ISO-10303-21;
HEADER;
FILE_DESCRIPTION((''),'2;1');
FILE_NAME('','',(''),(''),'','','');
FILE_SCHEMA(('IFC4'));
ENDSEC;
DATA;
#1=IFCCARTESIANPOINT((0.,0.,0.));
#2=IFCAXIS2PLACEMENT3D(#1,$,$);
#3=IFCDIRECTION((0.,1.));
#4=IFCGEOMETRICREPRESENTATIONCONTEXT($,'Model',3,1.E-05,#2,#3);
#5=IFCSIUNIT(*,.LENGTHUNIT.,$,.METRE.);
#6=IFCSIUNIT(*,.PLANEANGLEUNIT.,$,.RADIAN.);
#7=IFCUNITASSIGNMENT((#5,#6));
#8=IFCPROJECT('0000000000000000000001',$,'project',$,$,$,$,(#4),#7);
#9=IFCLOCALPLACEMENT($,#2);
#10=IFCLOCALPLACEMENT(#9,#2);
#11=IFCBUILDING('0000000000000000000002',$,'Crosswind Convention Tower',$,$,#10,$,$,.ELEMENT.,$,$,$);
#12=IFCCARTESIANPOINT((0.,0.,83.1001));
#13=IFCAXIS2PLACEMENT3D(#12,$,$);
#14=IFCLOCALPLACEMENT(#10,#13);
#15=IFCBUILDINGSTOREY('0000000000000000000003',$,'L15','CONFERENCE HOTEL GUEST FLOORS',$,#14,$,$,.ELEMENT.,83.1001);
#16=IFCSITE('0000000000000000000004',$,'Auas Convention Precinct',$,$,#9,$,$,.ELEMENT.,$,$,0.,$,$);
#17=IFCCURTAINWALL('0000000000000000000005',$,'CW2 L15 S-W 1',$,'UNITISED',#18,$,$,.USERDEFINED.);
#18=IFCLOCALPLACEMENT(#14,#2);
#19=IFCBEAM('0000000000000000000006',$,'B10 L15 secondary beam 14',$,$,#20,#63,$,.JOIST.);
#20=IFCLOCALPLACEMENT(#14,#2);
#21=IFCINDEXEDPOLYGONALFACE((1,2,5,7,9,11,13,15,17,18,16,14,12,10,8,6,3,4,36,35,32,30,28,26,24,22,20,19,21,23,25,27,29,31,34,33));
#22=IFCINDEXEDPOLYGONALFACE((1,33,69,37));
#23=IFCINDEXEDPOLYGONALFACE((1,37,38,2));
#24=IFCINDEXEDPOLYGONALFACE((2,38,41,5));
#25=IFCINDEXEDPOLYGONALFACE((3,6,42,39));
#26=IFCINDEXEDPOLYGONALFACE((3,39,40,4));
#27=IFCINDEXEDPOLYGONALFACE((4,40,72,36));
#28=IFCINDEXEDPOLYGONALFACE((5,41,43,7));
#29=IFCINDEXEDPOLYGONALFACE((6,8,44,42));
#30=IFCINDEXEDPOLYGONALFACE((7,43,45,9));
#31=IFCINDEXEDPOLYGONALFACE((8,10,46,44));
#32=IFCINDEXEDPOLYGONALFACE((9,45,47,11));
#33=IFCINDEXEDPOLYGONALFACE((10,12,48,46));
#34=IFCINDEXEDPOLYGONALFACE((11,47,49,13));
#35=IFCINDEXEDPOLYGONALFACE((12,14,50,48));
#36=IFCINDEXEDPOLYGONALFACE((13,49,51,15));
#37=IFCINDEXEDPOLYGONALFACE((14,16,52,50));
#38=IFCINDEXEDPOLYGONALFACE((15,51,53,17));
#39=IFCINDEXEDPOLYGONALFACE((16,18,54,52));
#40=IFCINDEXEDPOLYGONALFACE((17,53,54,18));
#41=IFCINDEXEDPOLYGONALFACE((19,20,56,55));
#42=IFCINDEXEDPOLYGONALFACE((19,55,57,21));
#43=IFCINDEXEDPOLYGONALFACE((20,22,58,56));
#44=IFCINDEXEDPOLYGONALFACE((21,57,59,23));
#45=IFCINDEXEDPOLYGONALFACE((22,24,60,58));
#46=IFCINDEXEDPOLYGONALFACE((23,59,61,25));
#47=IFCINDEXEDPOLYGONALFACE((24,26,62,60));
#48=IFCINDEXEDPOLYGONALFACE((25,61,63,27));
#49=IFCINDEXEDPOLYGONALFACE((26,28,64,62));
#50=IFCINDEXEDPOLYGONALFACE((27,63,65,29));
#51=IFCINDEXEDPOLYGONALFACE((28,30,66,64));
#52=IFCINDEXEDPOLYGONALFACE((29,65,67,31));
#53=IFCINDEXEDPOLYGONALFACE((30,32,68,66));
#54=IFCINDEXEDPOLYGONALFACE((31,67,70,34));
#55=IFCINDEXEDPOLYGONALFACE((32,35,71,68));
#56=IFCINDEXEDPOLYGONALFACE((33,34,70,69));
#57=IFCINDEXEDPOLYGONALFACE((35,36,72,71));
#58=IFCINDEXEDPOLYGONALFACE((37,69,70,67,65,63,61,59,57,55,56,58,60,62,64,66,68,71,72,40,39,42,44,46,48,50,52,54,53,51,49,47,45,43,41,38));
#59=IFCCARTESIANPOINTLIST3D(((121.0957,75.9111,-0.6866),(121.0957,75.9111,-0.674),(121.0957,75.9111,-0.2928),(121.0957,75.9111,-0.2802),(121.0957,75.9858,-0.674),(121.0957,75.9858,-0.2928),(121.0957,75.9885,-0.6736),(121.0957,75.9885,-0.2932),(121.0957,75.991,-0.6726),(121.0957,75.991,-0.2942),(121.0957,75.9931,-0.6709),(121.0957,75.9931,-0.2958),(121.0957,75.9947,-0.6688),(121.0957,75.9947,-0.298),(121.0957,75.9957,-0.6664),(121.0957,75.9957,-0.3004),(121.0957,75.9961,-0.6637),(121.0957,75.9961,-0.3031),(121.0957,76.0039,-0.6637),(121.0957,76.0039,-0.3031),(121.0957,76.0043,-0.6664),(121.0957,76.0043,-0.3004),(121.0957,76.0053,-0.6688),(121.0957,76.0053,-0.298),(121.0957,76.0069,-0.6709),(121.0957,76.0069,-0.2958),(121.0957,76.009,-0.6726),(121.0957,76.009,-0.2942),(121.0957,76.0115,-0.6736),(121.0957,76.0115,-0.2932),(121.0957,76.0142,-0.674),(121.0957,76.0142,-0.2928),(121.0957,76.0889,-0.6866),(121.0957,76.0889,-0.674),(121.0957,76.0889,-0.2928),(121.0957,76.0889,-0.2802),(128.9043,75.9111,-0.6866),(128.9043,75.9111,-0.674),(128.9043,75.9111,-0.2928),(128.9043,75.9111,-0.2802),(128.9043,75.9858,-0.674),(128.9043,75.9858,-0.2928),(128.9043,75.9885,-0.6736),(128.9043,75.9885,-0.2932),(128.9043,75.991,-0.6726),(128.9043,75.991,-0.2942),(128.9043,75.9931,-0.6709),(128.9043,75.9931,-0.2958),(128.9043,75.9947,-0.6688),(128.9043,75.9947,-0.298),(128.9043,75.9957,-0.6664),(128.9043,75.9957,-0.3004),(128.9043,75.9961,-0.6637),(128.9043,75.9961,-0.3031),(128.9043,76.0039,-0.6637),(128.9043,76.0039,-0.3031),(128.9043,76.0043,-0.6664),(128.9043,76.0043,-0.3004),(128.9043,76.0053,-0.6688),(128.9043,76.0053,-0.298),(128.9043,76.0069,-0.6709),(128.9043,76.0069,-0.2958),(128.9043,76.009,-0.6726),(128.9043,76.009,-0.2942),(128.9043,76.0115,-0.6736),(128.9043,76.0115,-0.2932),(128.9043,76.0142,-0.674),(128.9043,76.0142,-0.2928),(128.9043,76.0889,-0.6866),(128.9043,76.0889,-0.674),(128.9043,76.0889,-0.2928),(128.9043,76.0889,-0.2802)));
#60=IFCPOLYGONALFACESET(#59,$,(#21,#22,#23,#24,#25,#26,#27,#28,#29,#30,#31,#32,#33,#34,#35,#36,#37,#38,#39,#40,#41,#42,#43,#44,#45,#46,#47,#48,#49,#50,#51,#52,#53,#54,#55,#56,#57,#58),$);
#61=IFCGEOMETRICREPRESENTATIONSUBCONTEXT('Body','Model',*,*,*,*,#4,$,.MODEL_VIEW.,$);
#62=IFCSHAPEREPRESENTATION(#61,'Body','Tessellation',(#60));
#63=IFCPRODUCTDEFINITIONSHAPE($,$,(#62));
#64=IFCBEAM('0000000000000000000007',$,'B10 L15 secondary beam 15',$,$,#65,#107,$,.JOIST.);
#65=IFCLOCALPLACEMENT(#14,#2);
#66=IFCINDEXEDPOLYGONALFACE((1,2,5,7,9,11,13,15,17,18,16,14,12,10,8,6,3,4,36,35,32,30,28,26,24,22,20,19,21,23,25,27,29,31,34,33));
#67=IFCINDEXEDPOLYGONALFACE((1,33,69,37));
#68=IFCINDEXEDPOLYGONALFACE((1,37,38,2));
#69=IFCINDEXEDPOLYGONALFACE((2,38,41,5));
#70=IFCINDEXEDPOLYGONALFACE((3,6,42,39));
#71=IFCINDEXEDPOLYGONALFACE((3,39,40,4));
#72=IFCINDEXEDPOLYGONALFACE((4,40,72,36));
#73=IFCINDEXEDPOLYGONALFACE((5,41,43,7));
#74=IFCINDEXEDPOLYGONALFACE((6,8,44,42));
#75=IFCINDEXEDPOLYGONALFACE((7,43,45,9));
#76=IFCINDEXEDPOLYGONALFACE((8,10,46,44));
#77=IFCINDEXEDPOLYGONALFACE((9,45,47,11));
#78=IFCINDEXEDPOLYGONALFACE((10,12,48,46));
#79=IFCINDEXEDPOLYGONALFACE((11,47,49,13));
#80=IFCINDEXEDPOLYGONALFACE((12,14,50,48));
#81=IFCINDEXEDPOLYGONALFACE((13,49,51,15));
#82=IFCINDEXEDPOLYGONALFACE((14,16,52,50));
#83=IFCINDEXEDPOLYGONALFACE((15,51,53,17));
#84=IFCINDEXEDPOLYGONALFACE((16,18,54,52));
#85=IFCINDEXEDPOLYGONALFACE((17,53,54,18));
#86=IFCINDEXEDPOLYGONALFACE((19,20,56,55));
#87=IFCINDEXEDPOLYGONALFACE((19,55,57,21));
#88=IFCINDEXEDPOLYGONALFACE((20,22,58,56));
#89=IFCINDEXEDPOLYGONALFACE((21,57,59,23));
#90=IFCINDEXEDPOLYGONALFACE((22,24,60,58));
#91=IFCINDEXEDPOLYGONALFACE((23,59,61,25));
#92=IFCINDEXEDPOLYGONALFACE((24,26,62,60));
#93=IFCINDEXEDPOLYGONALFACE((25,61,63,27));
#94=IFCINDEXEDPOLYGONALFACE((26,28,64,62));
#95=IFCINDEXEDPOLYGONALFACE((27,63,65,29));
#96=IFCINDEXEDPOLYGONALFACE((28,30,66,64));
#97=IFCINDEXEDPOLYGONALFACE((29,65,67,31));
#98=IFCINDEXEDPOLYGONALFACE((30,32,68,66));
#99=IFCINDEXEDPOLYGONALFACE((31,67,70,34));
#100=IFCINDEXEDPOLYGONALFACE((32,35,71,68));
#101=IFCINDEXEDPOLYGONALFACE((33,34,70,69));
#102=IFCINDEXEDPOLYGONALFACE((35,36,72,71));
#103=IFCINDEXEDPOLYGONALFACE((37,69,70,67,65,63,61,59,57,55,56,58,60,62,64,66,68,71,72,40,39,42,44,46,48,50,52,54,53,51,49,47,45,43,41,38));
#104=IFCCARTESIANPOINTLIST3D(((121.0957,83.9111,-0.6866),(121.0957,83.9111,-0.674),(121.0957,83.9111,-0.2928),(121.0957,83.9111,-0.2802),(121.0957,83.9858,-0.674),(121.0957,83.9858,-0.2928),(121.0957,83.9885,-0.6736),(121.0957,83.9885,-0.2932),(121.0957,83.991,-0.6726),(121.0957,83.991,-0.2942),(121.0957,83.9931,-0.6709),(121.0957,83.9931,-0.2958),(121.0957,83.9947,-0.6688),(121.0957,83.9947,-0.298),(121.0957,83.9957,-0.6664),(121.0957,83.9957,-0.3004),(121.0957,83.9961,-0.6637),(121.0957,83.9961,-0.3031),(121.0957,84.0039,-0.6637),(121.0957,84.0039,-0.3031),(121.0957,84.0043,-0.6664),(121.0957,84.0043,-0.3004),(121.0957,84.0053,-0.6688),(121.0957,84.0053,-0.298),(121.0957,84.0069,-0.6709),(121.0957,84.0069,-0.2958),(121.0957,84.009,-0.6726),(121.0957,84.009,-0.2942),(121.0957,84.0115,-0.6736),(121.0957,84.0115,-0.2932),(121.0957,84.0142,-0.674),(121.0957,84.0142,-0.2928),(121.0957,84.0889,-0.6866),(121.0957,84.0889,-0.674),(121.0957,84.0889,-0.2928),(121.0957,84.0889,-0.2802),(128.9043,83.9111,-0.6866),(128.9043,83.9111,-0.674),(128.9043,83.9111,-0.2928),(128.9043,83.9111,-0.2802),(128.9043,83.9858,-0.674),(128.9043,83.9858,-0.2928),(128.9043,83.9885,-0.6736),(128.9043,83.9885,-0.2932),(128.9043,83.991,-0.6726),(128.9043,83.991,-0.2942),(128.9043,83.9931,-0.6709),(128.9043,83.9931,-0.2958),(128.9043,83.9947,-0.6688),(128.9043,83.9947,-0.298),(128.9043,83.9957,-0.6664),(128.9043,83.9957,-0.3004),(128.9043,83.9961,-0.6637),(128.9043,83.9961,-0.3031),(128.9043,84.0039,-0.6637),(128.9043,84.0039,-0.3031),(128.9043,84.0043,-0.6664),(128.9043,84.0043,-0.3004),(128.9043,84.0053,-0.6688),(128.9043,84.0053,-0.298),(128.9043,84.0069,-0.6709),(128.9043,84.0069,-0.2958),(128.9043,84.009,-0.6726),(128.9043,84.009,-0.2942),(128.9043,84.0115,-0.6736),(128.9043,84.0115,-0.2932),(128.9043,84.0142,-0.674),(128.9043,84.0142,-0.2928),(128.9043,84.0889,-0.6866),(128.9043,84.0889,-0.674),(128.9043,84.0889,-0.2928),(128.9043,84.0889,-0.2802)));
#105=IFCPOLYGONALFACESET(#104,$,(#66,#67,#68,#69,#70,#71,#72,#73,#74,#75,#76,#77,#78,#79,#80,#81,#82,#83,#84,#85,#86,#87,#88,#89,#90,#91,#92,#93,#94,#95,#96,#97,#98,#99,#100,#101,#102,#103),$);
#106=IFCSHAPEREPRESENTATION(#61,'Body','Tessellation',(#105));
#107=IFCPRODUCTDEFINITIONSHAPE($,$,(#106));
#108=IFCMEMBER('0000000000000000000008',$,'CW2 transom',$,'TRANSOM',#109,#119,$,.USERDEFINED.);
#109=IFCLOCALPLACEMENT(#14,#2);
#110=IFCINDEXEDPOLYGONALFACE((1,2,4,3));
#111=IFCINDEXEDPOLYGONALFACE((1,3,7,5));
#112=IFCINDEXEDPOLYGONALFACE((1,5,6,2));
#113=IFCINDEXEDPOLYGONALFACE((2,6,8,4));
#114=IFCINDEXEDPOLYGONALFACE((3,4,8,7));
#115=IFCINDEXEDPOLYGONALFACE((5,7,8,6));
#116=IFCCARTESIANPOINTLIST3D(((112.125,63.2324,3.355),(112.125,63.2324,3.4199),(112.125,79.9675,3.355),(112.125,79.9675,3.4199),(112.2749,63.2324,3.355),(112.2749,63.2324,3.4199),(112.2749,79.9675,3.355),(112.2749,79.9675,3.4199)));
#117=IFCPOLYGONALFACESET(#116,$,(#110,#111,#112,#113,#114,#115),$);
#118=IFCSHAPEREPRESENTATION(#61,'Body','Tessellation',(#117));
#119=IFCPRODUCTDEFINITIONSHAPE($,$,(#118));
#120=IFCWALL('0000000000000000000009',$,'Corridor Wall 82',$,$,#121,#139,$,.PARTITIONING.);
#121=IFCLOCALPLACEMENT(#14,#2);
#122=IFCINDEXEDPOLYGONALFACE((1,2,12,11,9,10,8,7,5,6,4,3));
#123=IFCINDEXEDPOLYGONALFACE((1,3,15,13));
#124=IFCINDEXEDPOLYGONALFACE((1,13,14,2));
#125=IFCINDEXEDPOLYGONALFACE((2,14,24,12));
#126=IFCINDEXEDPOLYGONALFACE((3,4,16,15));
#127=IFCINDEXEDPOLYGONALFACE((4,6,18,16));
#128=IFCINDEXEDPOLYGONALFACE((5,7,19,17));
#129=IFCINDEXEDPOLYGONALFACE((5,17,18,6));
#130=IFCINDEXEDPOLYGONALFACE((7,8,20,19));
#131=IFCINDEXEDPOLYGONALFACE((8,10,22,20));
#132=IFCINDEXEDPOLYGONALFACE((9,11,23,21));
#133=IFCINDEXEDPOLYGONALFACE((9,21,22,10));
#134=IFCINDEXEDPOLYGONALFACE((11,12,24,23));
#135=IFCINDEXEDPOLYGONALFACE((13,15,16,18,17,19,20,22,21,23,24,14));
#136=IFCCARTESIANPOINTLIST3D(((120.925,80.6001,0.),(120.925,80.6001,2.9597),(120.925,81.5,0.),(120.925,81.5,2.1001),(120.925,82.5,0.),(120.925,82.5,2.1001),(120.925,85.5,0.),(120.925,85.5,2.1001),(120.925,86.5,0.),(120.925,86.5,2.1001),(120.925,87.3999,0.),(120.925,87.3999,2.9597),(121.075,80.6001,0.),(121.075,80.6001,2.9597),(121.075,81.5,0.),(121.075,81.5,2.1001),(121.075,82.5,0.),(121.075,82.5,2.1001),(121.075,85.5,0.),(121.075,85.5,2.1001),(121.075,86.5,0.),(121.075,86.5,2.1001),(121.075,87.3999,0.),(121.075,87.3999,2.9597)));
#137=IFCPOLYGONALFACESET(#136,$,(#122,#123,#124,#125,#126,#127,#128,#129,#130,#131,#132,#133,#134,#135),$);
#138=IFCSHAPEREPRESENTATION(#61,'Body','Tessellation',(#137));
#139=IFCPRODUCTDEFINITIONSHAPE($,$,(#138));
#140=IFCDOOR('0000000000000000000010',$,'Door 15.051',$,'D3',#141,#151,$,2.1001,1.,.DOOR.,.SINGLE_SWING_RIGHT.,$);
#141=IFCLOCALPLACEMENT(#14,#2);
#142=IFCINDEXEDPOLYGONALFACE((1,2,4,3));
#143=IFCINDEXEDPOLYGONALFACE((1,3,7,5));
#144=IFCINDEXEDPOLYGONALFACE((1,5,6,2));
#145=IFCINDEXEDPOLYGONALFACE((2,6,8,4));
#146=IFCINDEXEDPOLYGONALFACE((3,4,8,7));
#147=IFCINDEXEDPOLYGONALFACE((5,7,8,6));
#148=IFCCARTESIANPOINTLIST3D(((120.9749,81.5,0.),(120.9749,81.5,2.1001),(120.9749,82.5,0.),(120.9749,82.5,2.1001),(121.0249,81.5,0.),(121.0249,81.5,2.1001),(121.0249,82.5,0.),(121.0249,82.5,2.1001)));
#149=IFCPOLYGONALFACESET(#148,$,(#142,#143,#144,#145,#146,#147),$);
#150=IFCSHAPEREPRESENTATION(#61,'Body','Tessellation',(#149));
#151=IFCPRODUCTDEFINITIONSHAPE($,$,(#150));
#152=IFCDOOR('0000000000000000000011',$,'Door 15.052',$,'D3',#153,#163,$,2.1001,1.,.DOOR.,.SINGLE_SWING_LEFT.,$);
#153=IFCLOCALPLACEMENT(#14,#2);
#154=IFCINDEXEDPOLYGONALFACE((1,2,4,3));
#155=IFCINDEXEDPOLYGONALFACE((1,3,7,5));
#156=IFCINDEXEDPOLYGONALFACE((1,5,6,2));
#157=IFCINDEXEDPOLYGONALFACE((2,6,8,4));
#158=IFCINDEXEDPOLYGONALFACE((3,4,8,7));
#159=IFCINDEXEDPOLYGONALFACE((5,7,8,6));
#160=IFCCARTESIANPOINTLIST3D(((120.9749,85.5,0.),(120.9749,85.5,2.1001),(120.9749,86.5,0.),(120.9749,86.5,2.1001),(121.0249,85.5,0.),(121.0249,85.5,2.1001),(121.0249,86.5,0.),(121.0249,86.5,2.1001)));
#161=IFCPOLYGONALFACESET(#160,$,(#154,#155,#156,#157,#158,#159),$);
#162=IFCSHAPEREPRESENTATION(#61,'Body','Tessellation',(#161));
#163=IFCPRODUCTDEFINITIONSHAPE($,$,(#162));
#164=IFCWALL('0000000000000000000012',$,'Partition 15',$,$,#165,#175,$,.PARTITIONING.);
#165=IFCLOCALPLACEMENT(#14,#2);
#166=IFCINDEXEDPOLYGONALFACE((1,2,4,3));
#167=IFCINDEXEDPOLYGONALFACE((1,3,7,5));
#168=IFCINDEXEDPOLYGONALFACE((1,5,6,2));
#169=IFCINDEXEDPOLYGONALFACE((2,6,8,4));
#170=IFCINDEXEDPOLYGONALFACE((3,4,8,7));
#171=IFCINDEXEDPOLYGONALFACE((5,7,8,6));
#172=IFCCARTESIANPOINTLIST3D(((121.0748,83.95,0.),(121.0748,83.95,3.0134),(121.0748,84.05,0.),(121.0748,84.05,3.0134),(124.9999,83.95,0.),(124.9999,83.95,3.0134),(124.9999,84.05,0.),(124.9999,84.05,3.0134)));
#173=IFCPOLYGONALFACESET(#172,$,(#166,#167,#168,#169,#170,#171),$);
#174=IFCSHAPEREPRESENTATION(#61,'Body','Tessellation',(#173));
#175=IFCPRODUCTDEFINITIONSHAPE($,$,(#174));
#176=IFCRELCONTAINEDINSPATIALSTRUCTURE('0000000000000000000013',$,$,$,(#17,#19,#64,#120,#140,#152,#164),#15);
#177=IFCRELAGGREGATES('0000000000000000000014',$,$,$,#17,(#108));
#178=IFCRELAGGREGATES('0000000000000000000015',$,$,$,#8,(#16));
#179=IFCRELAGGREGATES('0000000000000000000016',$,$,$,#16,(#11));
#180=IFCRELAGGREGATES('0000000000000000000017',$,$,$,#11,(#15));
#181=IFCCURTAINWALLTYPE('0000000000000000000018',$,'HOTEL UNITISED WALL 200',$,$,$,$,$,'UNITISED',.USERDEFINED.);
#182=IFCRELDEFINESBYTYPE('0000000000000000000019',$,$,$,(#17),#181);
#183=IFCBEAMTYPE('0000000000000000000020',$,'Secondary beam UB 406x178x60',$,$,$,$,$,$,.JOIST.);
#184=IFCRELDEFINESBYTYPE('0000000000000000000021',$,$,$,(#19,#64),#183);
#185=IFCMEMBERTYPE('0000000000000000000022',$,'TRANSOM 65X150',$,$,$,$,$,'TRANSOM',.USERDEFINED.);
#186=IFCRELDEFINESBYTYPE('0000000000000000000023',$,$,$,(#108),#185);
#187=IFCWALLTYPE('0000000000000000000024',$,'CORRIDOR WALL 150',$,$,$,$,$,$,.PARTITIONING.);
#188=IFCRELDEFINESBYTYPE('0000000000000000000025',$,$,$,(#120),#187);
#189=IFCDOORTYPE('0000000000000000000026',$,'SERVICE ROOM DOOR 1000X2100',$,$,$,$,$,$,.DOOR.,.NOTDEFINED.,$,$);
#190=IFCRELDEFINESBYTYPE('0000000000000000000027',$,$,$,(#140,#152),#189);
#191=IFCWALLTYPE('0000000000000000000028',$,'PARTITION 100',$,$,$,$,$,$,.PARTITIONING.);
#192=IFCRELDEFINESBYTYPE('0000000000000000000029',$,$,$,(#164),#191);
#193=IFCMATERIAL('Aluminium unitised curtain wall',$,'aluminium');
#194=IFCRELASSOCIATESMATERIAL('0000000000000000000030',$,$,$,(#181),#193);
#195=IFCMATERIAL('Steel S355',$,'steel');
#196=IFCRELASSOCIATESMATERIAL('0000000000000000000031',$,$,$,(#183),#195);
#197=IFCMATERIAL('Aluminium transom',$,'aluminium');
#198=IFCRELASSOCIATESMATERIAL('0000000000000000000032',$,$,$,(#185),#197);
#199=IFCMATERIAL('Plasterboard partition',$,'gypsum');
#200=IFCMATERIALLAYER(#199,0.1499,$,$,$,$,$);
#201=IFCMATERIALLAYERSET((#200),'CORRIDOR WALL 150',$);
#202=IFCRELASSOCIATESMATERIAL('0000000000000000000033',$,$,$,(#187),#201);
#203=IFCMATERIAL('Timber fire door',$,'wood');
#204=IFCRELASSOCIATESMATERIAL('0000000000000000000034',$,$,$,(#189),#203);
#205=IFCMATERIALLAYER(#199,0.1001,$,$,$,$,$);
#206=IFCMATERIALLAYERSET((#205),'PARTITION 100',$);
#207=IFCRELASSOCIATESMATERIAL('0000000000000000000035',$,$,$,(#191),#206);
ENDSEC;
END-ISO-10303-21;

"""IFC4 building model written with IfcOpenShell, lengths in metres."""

from ifc_helpers import new_model, si_unit, direction, frame, frame_2d, origin, origin_2d, place, context, subcontext, project, spatial, rectangle, i_section, extrude, material, layer, layer_set, material_profile, profile_set, type_object, element, fill, aggregate, save


model = new_model("IFC4")

# Units and contexts
model_context = context("Model", 3, precision=1e-05, world=origin(), true_north=direction((0.0, 1.0)))
body_context = subcontext(model_context, "Body", "Model", "MODEL_VIEW")
ifc_project = project(units=[si_unit("LENGTHUNIT", "METRE"), si_unit("PLANEANGLEUNIT", "RADIAN")], contexts=[model_context])

# Site, building, storey
site_placement = place(None, origin())
site = spatial("IfcSite", under=ifc_project, at=site_placement, Name="Auas Convention Precinct", CompositionType="ELEMENT", RefElevation=0.0)
building_placement = place(site_placement, origin())
building = spatial("IfcBuilding", under=site, at=building_placement, Name="Crosswind Convention Tower", CompositionType="ELEMENT")
storey_placement = place(building_placement, frame((0.0, 0.0, 83.1001)))
storey = spatial("IfcBuildingStorey", under=building, at=storey_placement, Name="L15", Description="CONFERENCE HOTEL GUEST FLOORS", CompositionType="ELEMENT", Elevation=83.1001)

# Shared definitions
ifc_material_1 = material(Name="Steel S355", Category="steel")

# Curtain wall
ifc_material_2 = material(Name="Aluminium unitised curtain wall", Category="aluminium")
curtain_wall_type = type_object("IfcCurtainWallType", Name="HOTEL UNITISED WALL 200", ElementType="UNITISED", PredefinedType="USERDEFINED", material=ifc_material_2)
curtain_wall_placement = place(storey_placement, origin())
curtain_wall = element("IfcCurtainWall", 1, at=curtain_wall_placement, inside=storey, type_object=curtain_wall_type, Name="CW2 L15 S-W 1", ObjectType="UNITISED", PredefinedType="USERDEFINED")

# Beams
ifc_material_profile_1 = material_profile(ifc_material_1, i_section(OverallWidth=0.1777, OverallDepth=0.4065, WebThickness=0.0078, FlangeThickness=0.0127, FilletRadius=0.0103, at=origin_2d()), Name="UB 406x178x60")
ifc_profile_set_1 = profile_set([ifc_material_profile_1], Name="Steel S355")
beam_type_1 = type_object("IfcBeamType", Name="Secondary beam UB 406x178x60", PredefinedType="JOIST", material=ifc_profile_set_1)
for number, where, z_axis, x_axis, name in (
    (2, (121.0957, 76.0, -0.4834), (1.0, 0.0, 0.0), (0.0, 1.0, 0.0), "B10 L15 secondary beam 14"),
    (3, (121.0957, 84.0, -0.4834), (1.0, 0.0, 0.0), (0.0, 1.0, 0.0), "B10 L15 secondary beam 15"),
):
    element("IfcBeam", number, at=place(storey_placement, frame(where, z_axis=z_axis, x_axis=x_axis)), inside=storey, type_object=beam_type_1, Name=name, PredefinedType="JOIST", context=body_context, shape_type="SweptSolid", body=[
        extrude(i_section(OverallWidth=0.1777, OverallDepth=0.4065, WebThickness=0.0078, FlangeThickness=0.0127, FilletRadius=0.0103, at=origin_2d()), origin(), (0.0, 0.0, 1.0), 7.8086),
    ])

# Member
ifc_material_3 = material(Name="Aluminium transom", Category="aluminium")
ifc_material_profile_2 = material_profile(ifc_material_3, rectangle(XDim=0.1499, YDim=0.0649, at=origin_2d()), Name="AL 150X65")
ifc_profile_set_2 = profile_set([ifc_material_profile_2], Name="Aluminium transom")
member_type_1 = type_object("IfcMemberType", Name="TRANSOM 65X150", ElementType="TRANSOM", PredefinedType="USERDEFINED", material=ifc_profile_set_2)
member_1_placement = place(storey_placement, frame((112.2, 79.9675, 3.3875), z_axis=(0.0, -1.0, 0.0), x_axis=(1.0, 0.0, 0.0)))
member_1 = element("IfcMember", 4, at=member_1_placement, type_object=member_type_1, Name="CW2 transom", ObjectType="TRANSOM", PredefinedType="USERDEFINED", context=body_context, shape_type="SweptSolid", body=[
    extrude(rectangle(XDim=0.1499, YDim=0.0649, at=origin_2d()), origin(), (0.0, 0.0, 1.0), 16.7351),
])
aggregate(curtain_wall, [member_1])

# Wall, openings, doors
ifc_material_4 = material(Name="Plasterboard partition", Category="gypsum")
ifc_layer_1 = layer(ifc_material_4, 0.1499)
ifc_layer_set_1 = layer_set([ifc_layer_1], Name="CORRIDOR WALL 150")
wall_type_1 = type_object("IfcWallType", Name="CORRIDOR WALL 150", PredefinedType="PARTITIONING", material=ifc_layer_set_1)
wall_1_placement = place(storey_placement, frame((121.0, 80.6001, 0.0), z_axis=(0.0, 0.0, 1.0), x_axis=(0.0, 1.0, 0.0)))
wall_1 = element("IfcWall", 5, at=wall_1_placement, inside=storey, type_object=wall_type_1, Name="Corridor Wall 82", PredefinedType="PARTITIONING", context=body_context, shape_type="SweptSolid", body=[
    extrude(rectangle(XDim=6.7998, YDim=0.1499, at=frame_2d((3.3999, 0.0))), origin(), (0.0, 0.0, 1.0), 2.9597),
])
opening_1_placement = place(wall_1_placement, frame((0.8999, 0.0, 0.0)))
opening_1 = element("IfcOpeningElement", 6, at=opening_1_placement, cuts=wall_1, PredefinedType="OPENING", context=body_context, shape_type="SweptSolid", body=[
    extrude(rectangle(XDim=1.0, YDim=2.1001, at=frame_2d((0.5, 1.05))), frame((0.0, 0.085, 0.0), z_axis=(0.0, -1.0, 0.0), x_axis=(1.0, 0.0, 0.0)), (0.0, 0.0, 1.0), 0.1699),
])
opening_2_placement = place(wall_1_placement, frame((4.8999, 0.0, 0.0)))
opening_2 = element("IfcOpeningElement", 7, at=opening_2_placement, cuts=wall_1, PredefinedType="OPENING", context=body_context, shape_type="SweptSolid", body=[
    extrude(rectangle(XDim=1.0, YDim=2.1001, at=frame_2d((0.5, 1.05))), frame((0.0, 0.085, 0.0), z_axis=(0.0, -1.0, 0.0), x_axis=(1.0, 0.0, 0.0)), (0.0, 0.0, 1.0), 0.1699),
])
ifc_material_5 = material(Name="Timber fire door", Category="wood")
door_type_1 = type_object("IfcDoorType", Name="SERVICE ROOM DOOR 1000X2100", OperationType="NOTDEFINED", PredefinedType="DOOR", material=ifc_material_5)
door_1_placement = place(opening_1_placement, frame((1.0, 0.0, 0.0), z_axis=(0.0, 0.0, 1.0), x_axis=(-1.0, 0.0, 0.0)))
door_1 = element("IfcDoor", 8, at=door_1_placement, inside=storey, type_object=door_type_1, Name="Door 15.051", ObjectType="D3", OperationType="SINGLE_SWING_RIGHT", OverallHeight=2.1001, OverallWidth=1.0, PredefinedType="DOOR", context=body_context, shape_type="SweptSolid", body=[
    extrude(rectangle(XDim=1.0, YDim=2.1001, at=frame_2d((0.5, 1.05))), frame((0.0, 0.0249, 0.0), z_axis=(0.0, -1.0, 0.0), x_axis=(1.0, 0.0, 0.0)), (0.0, 0.0, 1.0), 0.05),
])
fill(opening_1, door_1)
door_2_placement = place(opening_2_placement, frame((1.0, 0.0, 0.0), z_axis=(0.0, 0.0, 1.0), x_axis=(-1.0, 0.0, 0.0)))
door_2 = element("IfcDoor", 9, at=door_2_placement, inside=storey, type_object=door_type_1, Name="Door 15.052", ObjectType="D3", OperationType="SINGLE_SWING_LEFT", OverallHeight=2.1001, OverallWidth=1.0, PredefinedType="DOOR", context=body_context, shape_type="SweptSolid", body=[
    extrude(rectangle(XDim=1.0, YDim=2.1001, at=frame_2d((0.5, 1.05))), frame((0.0, 0.0249, 0.0), z_axis=(0.0, -1.0, 0.0), x_axis=(1.0, 0.0, 0.0)), (0.0, 0.0, 1.0), 0.05),
])
fill(opening_2, door_2)

# Wall
ifc_layer_2 = layer(ifc_material_4, 0.1001)
ifc_layer_set_2 = layer_set([ifc_layer_2], Name="PARTITION 100")
wall_type_2 = type_object("IfcWallType", Name="PARTITION 100", PredefinedType="PARTITIONING", material=ifc_layer_set_2)
wall_2_placement = place(storey_placement, frame((121.075, 84.0, 0.0), z_axis=(0.0, 0.0, 1.0), x_axis=(1.0, 0.0, 0.0)))
element("IfcWall", 10, at=wall_2_placement, inside=storey, type_object=wall_type_2, Name="Partition 15", PredefinedType="PARTITIONING", context=body_context, shape_type="SweptSolid", body=[
    extrude(rectangle(XDim=3.925, YDim=0.1001, at=frame_2d((1.9624, 0.0))), origin(), (0.0, 0.0, 1.0), 3.0134),
])

save(model, "model.ifc")
